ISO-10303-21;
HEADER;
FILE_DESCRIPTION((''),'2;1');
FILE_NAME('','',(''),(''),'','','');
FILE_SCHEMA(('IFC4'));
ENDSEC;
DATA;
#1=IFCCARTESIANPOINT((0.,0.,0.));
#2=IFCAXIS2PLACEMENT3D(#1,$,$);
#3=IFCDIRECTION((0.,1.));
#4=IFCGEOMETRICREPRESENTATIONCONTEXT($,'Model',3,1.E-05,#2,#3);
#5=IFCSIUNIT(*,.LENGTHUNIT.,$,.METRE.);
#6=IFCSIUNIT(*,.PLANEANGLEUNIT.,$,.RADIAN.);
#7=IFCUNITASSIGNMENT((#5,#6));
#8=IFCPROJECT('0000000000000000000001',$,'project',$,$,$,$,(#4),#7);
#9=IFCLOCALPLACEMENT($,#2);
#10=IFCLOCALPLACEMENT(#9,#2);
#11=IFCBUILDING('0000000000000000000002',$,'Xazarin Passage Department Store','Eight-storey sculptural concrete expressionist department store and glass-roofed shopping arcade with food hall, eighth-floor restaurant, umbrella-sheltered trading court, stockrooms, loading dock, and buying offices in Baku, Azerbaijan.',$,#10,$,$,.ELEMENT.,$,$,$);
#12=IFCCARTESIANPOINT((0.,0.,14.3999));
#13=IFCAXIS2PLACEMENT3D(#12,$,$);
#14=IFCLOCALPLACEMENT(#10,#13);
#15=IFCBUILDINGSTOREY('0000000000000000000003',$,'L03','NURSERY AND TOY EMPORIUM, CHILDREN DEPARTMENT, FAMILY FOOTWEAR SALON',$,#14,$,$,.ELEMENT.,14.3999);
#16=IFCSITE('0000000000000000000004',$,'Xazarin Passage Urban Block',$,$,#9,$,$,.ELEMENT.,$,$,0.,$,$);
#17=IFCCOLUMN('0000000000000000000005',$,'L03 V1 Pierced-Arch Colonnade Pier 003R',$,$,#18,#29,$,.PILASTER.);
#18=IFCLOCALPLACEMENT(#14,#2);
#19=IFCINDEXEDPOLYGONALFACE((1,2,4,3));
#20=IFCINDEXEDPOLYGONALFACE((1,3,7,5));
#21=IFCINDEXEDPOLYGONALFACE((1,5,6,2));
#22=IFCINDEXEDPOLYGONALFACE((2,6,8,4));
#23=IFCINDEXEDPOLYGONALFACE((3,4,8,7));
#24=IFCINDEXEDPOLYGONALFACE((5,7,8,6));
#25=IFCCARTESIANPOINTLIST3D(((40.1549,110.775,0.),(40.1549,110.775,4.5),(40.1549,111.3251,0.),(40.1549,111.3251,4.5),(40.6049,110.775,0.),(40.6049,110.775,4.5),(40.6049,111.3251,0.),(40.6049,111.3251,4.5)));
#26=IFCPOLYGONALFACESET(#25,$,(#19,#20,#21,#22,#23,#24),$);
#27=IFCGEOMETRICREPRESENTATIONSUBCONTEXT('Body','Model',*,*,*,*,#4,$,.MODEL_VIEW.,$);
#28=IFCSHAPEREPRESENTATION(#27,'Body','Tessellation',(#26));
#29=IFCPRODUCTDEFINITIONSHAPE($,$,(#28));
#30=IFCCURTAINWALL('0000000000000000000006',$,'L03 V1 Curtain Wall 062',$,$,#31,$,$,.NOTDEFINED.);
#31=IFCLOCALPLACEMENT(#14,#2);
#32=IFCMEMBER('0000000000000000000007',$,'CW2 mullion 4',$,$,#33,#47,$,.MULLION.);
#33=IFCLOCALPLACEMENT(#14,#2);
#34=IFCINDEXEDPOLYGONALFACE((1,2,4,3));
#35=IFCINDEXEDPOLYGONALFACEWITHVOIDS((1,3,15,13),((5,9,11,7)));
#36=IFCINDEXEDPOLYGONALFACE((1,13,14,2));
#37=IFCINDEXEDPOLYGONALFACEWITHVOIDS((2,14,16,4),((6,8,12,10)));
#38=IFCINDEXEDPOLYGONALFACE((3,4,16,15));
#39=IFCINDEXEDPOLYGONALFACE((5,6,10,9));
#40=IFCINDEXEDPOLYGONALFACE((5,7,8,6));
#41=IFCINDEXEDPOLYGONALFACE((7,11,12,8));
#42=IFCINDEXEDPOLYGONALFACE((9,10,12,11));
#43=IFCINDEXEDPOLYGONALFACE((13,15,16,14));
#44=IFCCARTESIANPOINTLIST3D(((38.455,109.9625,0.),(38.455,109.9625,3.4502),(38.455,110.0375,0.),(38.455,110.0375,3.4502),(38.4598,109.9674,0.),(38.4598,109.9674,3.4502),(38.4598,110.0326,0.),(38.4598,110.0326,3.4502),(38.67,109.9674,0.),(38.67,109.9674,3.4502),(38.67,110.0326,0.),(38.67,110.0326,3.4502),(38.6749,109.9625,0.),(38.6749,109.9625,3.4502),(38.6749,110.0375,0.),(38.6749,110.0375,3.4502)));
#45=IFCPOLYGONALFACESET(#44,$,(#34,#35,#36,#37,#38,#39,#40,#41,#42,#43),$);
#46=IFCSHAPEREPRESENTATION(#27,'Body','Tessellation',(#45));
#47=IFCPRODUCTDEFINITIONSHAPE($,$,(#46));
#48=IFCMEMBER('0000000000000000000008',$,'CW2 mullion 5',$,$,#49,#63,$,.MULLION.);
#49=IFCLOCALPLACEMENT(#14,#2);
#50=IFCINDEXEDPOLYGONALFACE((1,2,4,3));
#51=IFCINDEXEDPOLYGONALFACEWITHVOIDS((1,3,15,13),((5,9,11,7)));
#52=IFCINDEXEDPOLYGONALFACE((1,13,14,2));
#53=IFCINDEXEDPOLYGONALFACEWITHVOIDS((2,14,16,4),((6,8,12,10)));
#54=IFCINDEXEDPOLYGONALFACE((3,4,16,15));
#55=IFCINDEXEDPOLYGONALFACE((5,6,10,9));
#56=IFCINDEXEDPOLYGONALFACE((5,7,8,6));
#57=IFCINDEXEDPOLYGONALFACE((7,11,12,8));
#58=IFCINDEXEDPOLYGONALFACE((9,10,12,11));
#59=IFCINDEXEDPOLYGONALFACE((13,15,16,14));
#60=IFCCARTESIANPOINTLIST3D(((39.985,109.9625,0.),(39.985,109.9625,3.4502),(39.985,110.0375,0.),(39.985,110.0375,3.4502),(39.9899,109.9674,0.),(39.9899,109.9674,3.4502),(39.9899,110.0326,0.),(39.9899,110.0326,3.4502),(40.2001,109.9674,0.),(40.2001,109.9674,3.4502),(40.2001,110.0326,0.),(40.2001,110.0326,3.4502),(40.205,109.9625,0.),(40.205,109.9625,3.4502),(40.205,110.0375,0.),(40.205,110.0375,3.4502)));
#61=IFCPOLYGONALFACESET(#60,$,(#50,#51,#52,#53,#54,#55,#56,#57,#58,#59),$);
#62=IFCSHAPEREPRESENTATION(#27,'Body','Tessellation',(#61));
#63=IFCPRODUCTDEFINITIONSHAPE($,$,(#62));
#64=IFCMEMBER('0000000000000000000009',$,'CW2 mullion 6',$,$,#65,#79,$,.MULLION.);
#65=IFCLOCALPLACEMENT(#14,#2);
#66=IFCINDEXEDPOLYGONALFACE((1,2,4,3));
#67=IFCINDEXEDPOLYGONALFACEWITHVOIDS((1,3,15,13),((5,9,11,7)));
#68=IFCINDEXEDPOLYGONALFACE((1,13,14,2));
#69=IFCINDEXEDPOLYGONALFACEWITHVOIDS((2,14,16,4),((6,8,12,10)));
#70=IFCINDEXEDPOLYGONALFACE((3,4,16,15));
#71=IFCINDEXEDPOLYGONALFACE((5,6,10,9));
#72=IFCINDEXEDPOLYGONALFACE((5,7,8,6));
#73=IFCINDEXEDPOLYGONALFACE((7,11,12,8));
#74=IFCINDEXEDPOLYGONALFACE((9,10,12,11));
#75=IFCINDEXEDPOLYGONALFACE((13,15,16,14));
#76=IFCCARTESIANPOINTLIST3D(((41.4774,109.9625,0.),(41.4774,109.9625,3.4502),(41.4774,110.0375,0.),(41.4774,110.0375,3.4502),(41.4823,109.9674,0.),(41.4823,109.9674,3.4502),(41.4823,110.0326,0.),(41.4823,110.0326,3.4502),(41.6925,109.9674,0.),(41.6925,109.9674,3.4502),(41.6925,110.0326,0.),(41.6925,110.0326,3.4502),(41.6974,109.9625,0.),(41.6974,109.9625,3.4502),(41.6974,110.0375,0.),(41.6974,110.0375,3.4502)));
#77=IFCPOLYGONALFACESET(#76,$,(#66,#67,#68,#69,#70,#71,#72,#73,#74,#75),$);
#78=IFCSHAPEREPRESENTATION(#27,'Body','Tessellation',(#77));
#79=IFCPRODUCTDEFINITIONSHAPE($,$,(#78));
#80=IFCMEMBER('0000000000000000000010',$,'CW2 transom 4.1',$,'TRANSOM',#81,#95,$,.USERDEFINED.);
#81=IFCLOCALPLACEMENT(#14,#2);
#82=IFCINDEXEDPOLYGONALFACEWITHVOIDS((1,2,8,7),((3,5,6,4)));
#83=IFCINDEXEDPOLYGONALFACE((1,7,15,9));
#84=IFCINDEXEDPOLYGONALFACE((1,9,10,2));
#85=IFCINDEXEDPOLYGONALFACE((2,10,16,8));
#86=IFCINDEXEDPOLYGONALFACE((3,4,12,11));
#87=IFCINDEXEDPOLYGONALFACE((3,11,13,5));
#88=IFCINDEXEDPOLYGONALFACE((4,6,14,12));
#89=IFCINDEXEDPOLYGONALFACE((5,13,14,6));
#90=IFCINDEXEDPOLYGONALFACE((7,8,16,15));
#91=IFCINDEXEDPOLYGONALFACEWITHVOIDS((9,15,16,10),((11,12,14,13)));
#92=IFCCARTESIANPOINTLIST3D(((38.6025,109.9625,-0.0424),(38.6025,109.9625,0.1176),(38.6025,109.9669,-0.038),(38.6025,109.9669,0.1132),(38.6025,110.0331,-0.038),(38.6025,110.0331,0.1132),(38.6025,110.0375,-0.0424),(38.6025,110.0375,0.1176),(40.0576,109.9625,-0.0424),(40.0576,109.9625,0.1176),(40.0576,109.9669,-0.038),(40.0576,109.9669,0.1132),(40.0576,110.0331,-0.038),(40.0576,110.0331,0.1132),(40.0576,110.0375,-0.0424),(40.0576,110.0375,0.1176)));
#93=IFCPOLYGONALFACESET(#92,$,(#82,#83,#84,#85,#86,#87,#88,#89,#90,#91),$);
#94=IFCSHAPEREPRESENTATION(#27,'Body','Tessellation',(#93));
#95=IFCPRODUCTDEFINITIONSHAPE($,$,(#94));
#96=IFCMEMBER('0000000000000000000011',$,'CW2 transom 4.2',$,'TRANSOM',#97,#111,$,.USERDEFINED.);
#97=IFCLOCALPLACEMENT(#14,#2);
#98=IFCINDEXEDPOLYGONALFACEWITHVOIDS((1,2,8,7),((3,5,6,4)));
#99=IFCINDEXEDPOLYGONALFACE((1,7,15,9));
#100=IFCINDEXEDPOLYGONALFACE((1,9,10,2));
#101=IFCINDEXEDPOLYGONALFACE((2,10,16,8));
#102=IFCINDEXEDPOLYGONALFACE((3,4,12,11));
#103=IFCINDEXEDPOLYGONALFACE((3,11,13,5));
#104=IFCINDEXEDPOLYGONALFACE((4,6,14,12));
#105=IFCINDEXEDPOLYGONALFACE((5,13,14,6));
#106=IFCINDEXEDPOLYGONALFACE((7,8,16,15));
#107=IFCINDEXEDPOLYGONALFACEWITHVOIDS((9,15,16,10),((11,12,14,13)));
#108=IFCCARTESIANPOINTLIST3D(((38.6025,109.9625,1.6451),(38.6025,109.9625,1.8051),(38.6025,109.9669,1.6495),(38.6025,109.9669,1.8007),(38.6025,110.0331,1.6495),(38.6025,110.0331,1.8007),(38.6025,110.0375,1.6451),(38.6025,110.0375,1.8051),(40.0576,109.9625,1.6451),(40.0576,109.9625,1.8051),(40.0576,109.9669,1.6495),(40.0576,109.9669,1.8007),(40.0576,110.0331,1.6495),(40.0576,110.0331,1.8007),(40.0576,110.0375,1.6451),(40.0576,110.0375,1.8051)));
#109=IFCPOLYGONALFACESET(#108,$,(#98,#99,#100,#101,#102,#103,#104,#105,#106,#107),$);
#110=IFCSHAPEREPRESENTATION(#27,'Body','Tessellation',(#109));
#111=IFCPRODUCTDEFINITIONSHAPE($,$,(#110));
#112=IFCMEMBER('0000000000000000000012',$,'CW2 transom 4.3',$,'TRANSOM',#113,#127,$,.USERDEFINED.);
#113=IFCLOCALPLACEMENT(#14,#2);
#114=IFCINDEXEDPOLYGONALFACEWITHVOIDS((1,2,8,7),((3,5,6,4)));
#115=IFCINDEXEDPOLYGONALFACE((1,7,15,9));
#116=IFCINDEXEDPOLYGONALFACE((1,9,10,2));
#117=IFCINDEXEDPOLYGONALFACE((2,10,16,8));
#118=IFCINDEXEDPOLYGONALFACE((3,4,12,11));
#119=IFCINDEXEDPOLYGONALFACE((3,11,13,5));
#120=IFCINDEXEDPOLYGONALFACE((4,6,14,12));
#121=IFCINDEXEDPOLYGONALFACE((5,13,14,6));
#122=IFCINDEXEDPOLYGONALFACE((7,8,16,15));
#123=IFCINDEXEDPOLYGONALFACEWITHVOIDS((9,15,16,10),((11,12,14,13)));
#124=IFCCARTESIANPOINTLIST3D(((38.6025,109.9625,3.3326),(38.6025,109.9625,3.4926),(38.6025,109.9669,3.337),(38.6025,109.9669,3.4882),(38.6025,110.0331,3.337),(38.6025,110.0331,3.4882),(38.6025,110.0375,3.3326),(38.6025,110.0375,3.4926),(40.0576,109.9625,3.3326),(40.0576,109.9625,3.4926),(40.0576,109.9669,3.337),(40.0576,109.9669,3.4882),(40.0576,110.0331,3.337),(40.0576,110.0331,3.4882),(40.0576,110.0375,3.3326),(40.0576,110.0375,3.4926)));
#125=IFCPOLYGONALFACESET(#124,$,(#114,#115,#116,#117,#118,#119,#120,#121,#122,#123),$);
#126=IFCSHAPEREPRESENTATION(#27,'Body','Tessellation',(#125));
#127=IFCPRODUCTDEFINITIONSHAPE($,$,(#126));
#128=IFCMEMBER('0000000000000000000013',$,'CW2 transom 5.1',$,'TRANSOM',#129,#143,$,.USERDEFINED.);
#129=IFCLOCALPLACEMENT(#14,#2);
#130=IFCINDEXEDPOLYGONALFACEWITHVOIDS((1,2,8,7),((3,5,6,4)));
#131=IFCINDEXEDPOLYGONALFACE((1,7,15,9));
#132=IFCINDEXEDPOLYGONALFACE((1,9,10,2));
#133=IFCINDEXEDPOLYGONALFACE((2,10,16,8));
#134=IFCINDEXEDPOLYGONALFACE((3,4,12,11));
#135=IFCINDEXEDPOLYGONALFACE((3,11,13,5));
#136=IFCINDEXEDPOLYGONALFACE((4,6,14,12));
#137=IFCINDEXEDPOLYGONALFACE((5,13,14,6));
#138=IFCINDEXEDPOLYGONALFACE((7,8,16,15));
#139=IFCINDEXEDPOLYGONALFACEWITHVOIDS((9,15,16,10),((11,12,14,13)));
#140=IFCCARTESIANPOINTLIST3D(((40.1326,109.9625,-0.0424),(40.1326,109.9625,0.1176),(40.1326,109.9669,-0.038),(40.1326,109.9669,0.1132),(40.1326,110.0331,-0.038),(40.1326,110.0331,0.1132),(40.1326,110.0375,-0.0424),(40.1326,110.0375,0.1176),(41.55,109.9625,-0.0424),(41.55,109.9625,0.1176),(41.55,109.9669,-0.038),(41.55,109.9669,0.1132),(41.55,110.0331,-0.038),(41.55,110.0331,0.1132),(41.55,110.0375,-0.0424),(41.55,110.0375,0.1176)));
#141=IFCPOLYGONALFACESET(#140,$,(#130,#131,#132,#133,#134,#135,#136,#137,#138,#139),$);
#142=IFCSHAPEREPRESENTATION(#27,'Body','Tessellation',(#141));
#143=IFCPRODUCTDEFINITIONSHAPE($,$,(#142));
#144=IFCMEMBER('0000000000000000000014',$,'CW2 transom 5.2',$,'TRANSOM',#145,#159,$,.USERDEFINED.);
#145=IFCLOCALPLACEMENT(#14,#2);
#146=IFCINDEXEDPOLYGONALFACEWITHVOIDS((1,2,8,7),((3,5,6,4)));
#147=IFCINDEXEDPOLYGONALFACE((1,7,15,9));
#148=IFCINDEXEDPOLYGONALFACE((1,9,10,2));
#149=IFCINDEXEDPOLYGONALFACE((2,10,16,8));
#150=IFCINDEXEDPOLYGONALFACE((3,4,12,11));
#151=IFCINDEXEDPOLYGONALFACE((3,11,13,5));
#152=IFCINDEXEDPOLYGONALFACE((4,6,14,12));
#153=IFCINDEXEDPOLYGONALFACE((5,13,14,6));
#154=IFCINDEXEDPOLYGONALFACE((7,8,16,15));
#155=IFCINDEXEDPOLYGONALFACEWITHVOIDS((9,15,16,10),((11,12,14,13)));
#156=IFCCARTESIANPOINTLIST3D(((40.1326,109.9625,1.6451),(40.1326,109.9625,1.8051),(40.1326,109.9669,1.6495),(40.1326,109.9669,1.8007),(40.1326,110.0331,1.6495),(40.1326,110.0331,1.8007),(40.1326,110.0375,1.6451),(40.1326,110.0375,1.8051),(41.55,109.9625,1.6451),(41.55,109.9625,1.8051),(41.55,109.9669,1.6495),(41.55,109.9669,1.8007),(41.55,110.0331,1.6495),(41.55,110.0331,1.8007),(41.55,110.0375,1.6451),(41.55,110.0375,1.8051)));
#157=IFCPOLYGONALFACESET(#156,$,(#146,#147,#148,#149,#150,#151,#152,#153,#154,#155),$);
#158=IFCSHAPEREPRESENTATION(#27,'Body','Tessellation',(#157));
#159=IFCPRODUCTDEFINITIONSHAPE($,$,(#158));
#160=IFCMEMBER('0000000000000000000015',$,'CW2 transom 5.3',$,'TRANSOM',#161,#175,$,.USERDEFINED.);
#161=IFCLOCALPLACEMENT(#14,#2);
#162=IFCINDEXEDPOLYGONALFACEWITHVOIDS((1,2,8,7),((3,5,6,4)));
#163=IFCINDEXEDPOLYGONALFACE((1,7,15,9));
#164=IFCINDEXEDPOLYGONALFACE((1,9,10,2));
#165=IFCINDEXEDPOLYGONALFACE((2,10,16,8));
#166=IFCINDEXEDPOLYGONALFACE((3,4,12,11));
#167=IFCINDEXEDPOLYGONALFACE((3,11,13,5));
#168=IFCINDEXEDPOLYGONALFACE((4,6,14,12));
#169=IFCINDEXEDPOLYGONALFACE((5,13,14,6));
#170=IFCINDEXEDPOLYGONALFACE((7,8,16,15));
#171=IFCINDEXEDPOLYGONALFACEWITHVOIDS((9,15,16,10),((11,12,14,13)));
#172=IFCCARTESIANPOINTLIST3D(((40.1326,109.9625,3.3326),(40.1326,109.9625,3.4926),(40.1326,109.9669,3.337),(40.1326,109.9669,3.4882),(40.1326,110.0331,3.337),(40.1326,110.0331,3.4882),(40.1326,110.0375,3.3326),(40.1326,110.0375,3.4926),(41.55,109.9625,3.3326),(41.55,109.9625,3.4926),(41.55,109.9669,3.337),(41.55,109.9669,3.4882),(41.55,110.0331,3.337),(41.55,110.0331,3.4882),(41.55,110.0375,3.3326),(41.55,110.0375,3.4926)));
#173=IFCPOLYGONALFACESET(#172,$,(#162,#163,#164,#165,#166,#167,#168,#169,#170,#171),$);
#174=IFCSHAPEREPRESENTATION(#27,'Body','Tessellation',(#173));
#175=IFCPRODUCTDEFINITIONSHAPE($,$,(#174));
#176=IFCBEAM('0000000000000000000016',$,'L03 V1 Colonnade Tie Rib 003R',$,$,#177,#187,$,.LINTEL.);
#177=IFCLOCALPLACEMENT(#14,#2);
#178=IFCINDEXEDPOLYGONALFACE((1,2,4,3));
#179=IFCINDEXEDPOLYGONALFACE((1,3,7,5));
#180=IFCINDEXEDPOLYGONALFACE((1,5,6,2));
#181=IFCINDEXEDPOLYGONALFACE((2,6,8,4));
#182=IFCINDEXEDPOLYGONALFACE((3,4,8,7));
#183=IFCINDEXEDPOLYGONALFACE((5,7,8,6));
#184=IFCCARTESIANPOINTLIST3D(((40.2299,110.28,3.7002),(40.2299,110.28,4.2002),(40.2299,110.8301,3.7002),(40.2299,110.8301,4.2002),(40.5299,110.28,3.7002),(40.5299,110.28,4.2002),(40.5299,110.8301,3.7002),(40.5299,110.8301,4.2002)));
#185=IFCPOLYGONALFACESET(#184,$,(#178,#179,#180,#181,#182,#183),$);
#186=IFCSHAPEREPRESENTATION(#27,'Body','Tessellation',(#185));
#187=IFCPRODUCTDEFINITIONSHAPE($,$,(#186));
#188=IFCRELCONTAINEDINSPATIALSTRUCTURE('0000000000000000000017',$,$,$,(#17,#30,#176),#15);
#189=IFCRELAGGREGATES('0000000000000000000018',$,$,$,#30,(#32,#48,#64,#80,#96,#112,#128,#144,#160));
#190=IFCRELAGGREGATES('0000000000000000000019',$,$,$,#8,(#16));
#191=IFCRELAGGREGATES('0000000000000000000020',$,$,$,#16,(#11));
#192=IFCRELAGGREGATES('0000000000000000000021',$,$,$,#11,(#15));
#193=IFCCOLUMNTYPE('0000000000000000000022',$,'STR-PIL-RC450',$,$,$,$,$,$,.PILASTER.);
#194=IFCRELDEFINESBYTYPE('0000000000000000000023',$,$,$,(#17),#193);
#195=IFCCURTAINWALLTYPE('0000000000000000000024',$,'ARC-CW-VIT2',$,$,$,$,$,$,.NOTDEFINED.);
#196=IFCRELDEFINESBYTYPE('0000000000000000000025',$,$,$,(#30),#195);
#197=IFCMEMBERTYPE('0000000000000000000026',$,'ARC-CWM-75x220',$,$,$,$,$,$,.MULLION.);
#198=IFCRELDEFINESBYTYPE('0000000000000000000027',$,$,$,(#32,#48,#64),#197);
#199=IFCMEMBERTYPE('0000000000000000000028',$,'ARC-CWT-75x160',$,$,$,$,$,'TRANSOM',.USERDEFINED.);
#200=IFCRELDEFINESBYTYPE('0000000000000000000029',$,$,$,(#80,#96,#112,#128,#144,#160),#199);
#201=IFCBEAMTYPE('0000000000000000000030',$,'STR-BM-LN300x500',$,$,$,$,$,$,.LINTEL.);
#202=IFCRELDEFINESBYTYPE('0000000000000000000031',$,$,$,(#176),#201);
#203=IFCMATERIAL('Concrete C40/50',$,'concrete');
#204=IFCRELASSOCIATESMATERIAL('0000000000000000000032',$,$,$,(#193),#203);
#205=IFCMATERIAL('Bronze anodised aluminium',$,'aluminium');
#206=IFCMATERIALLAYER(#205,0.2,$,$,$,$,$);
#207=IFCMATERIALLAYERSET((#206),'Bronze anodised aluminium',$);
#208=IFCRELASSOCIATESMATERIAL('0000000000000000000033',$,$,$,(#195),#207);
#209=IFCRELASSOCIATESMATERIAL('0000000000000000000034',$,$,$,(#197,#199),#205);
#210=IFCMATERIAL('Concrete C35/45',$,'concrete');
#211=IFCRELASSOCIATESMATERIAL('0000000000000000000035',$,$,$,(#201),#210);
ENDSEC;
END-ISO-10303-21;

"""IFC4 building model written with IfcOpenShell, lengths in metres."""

from ifc_helpers import new_model, si_unit, direction, frame, origin, origin_2d, place, context, subcontext, project, spatial, rectangle, hollow_rectangle, extrude, material, layer, layer_set, material_profile, profile_set, type_object, element, aggregate, save


model = new_model("IFC4")

# Units and contexts
model_context = context("Model", 3, precision=1e-05, world=origin(), true_north=direction((0.0, 1.0)))
body_context = subcontext(model_context, "Body", "Model", "MODEL_VIEW")
ifc_project = project(units=[si_unit("LENGTHUNIT", "METRE"), si_unit("PLANEANGLEUNIT", "RADIAN")], contexts=[model_context])

# Site, building, storey
site_placement = place(None, origin())
site = spatial("IfcSite", under=ifc_project, at=site_placement, Name="Xazarin Passage Urban Block", CompositionType="ELEMENT", RefElevation=0.0)
building_placement = place(site_placement, origin())
building = spatial("IfcBuilding", under=site, at=building_placement, Name="Xazarin Passage Department Store", Description="Eight-storey sculptural concrete expressionist department store and glass-roofed shopping arcade with food hall, eighth-floor restaurant, umbrella-sheltered trading court, stockrooms, loading dock, and buying offices in Baku, Azerbaijan.", CompositionType="ELEMENT")
storey_placement = place(building_placement, frame((0.0, 0.0, 14.3999)))
storey = spatial("IfcBuildingStorey", under=building, at=storey_placement, Name="L03", Description="NURSERY AND TOY EMPORIUM, CHILDREN DEPARTMENT, FAMILY FOOTWEAR SALON", CompositionType="ELEMENT", Elevation=14.3999)

# Column
ifc_material_1 = material(Name="Concrete C40/50", Category="concrete")
ifc_material_profile_1 = material_profile(ifc_material_1, rectangle(XDim=0.45, YDim=0.55, at=origin_2d()), Name="RC 450x550")
ifc_profile_set_1 = profile_set([ifc_material_profile_1], Name="Concrete C40/50")
column_type = type_object("IfcColumnType", Name="STR-PIL-RC450", PredefinedType="PILASTER", material=ifc_profile_set_1)
column_placement = place(storey_placement, frame((40.3799, 111.05, 0.0), z_axis=(0.0, 0.0, 1.0), x_axis=(1.0, 0.0, 0.0)))
element("IfcColumn", 1, at=column_placement, inside=storey, type_object=column_type, Name="L03 V1 Pierced-Arch Colonnade Pier 003R", PredefinedType="PILASTER", context=body_context, shape_type="SweptSolid", body=[
    extrude(rectangle(XDim=0.45, YDim=0.55, at=origin_2d()), origin(), (0.0, 0.0, 1.0), 4.5),
])

# Curtain wall, members
ifc_material_2 = material(Name="Bronze anodised aluminium", Category="aluminium")
ifc_layer_1 = layer(ifc_material_2, 0.2)
ifc_layer_set_1 = layer_set([ifc_layer_1], Name="Bronze anodised aluminium")
curtain_wall_type = type_object("IfcCurtainWallType", Name="ARC-CW-VIT2", PredefinedType="NOTDEFINED", material=ifc_layer_set_1)
curtain_wall_placement = place(storey_placement, origin())
curtain_wall = element("IfcCurtainWall", 2, at=curtain_wall_placement, inside=storey, type_object=curtain_wall_type, Name="L03 V1 Curtain Wall 062", PredefinedType="NOTDEFINED")
ifc_material_profile_2 = material_profile(ifc_material_2, hollow_rectangle(XDim=0.075, YDim=0.22, WallThickness=0.0049, at=origin_2d()), Name="ALU 75x220")
ifc_profile_set_2 = profile_set([ifc_material_profile_2], Name="Bronze anodised aluminium")
member_type_1 = type_object("IfcMemberType", Name="ARC-CWM-75x220", PredefinedType="MULLION", material=ifc_profile_set_2)
member_1_placement = place(storey_placement, frame((38.5649, 110.0, 0.0), z_axis=(0.0, 0.0, 1.0), x_axis=(0.0, 1.0, 0.0)))
member_1 = element("IfcMember", 3, at=member_1_placement, type_object=member_type_1, Name="CW2 mullion 4", PredefinedType="MULLION", context=body_context, shape_type="SweptSolid", body=[
    extrude(hollow_rectangle(XDim=0.075, YDim=0.22, WallThickness=0.0049, at=origin_2d()), origin(), (0.0, 0.0, 1.0), 3.4502),
])
member_2_placement = place(storey_placement, frame((40.095, 110.0, 0.0), z_axis=(0.0, 0.0, 1.0), x_axis=(0.0, 1.0, 0.0)))
member_2 = element("IfcMember", 4, at=member_2_placement, type_object=member_type_1, Name="CW2 mullion 5", PredefinedType="MULLION", context=body_context, shape_type="SweptSolid", body=[
    extrude(hollow_rectangle(XDim=0.075, YDim=0.22, WallThickness=0.0049, at=origin_2d()), origin(), (0.0, 0.0, 1.0), 3.4502),
])
member_3_placement = place(storey_placement, frame((41.5874, 110.0, 0.0), z_axis=(0.0, 0.0, 1.0), x_axis=(0.0, 1.0, 0.0)))
member_3 = element("IfcMember", 5, at=member_3_placement, type_object=member_type_1, Name="CW2 mullion 6", PredefinedType="MULLION", context=body_context, shape_type="SweptSolid", body=[
    extrude(hollow_rectangle(XDim=0.075, YDim=0.22, WallThickness=0.0049, at=origin_2d()), origin(), (0.0, 0.0, 1.0), 3.4502),
])
ifc_material_profile_3 = material_profile(ifc_material_2, hollow_rectangle(XDim=0.075, YDim=0.1599, WallThickness=0.0044, at=origin_2d()), Name="ALU 75x160")
ifc_profile_set_3 = profile_set([ifc_material_profile_3], Name="Bronze anodised aluminium")
member_type_2 = type_object("IfcMemberType", Name="ARC-CWT-75x160", ElementType="TRANSOM", PredefinedType="USERDEFINED", material=ifc_profile_set_3)
member_4_placement = place(storey_placement, frame((38.6025, 110.0, 0.0376), z_axis=(1.0, 0.0, 0.0), x_axis=(0.0, 1.0, 0.0)))
member_4 = element("IfcMember", 6, at=member_4_placement, type_object=member_type_2, Name="CW2 transom 4.1", ObjectType="TRANSOM", PredefinedType="USERDEFINED", context=body_context, shape_type="SweptSolid", body=[
    extrude(hollow_rectangle(XDim=0.075, YDim=0.1599, WallThickness=0.0044, at=origin_2d()), origin(), (0.0, 0.0, 1.0), 1.4551),
])
member_5_placement = place(storey_placement, frame((38.6025, 110.0, 1.7251), z_axis=(1.0, 0.0, 0.0), x_axis=(0.0, 1.0, 0.0)))
member_5 = element("IfcMember", 7, at=member_5_placement, type_object=member_type_2, Name="CW2 transom 4.2", ObjectType="TRANSOM", PredefinedType="USERDEFINED", context=body_context, shape_type="SweptSolid", body=[
    extrude(hollow_rectangle(XDim=0.075, YDim=0.1599, WallThickness=0.0044, at=origin_2d()), origin(), (0.0, 0.0, 1.0), 1.4551),
])
member_6_placement = place(storey_placement, frame((38.6025, 110.0, 3.4126), z_axis=(1.0, 0.0, 0.0), x_axis=(0.0, 1.0, 0.0)))
member_6 = element("IfcMember", 8, at=member_6_placement, type_object=member_type_2, Name="CW2 transom 4.3", ObjectType="TRANSOM", PredefinedType="USERDEFINED", context=body_context, shape_type="SweptSolid", body=[
    extrude(hollow_rectangle(XDim=0.075, YDim=0.1599, WallThickness=0.0044, at=origin_2d()), origin(), (0.0, 0.0, 1.0), 1.4551),
])
member_7_placement = place(storey_placement, frame((40.1326, 110.0, 0.0376), z_axis=(1.0, 0.0, 0.0), x_axis=(0.0, 1.0, 0.0)))
member_7 = element("IfcMember", 9, at=member_7_placement, type_object=member_type_2, Name="CW2 transom 5.1", ObjectType="TRANSOM", PredefinedType="USERDEFINED", context=body_context, shape_type="SweptSolid", body=[
    extrude(hollow_rectangle(XDim=0.075, YDim=0.1599, WallThickness=0.0044, at=origin_2d()), origin(), (0.0, 0.0, 1.0), 1.4175),
])
member_8_placement = place(storey_placement, frame((40.1326, 110.0, 1.7251), z_axis=(1.0, 0.0, 0.0), x_axis=(0.0, 1.0, 0.0)))
member_8 = element("IfcMember", 10, at=member_8_placement, type_object=member_type_2, Name="CW2 transom 5.2", ObjectType="TRANSOM", PredefinedType="USERDEFINED", context=body_context, shape_type="SweptSolid", body=[
    extrude(hollow_rectangle(XDim=0.075, YDim=0.1599, WallThickness=0.0044, at=origin_2d()), origin(), (0.0, 0.0, 1.0), 1.4175),
])
member_9_placement = place(storey_placement, frame((40.1326, 110.0, 3.4126), z_axis=(1.0, 0.0, 0.0), x_axis=(0.0, 1.0, 0.0)))
member_9 = element("IfcMember", 11, at=member_9_placement, type_object=member_type_2, Name="CW2 transom 5.3", ObjectType="TRANSOM", PredefinedType="USERDEFINED", context=body_context, shape_type="SweptSolid", body=[
    extrude(hollow_rectangle(XDim=0.075, YDim=0.1599, WallThickness=0.0044, at=origin_2d()), origin(), (0.0, 0.0, 1.0), 1.4175),
])

# Beam
ifc_material_3 = material(Name="Concrete C35/45", Category="concrete")
ifc_material_profile_4 = material_profile(ifc_material_3, rectangle(XDim=0.3, YDim=0.5, at=origin_2d()), Name="RC 300x500")
ifc_profile_set_4 = profile_set([ifc_material_profile_4], Name="Concrete C35/45")
beam_type = type_object("IfcBeamType", Name="STR-BM-LN300x500", PredefinedType="LINTEL", material=ifc_profile_set_4)
beam_placement = place(storey_placement, frame((40.3799, 110.28, 3.9502), z_axis=(0.0, 1.0, 0.0), x_axis=(-1.0, 0.0, 0.0)))
element("IfcBeam", 12, at=beam_placement, inside=storey, type_object=beam_type, Name="L03 V1 Colonnade Tie Rib 003R", PredefinedType="LINTEL", context=body_context, shape_type="SweptSolid", body=[
    extrude(rectangle(XDim=0.3, YDim=0.5, at=origin_2d()), origin(), (0.0, 0.0, 1.0), 0.55),
])

aggregate(curtain_wall, [member_1, member_2, member_3, member_4, member_5, member_6, member_7, member_8, member_9])

save(model, "model.ifc")
